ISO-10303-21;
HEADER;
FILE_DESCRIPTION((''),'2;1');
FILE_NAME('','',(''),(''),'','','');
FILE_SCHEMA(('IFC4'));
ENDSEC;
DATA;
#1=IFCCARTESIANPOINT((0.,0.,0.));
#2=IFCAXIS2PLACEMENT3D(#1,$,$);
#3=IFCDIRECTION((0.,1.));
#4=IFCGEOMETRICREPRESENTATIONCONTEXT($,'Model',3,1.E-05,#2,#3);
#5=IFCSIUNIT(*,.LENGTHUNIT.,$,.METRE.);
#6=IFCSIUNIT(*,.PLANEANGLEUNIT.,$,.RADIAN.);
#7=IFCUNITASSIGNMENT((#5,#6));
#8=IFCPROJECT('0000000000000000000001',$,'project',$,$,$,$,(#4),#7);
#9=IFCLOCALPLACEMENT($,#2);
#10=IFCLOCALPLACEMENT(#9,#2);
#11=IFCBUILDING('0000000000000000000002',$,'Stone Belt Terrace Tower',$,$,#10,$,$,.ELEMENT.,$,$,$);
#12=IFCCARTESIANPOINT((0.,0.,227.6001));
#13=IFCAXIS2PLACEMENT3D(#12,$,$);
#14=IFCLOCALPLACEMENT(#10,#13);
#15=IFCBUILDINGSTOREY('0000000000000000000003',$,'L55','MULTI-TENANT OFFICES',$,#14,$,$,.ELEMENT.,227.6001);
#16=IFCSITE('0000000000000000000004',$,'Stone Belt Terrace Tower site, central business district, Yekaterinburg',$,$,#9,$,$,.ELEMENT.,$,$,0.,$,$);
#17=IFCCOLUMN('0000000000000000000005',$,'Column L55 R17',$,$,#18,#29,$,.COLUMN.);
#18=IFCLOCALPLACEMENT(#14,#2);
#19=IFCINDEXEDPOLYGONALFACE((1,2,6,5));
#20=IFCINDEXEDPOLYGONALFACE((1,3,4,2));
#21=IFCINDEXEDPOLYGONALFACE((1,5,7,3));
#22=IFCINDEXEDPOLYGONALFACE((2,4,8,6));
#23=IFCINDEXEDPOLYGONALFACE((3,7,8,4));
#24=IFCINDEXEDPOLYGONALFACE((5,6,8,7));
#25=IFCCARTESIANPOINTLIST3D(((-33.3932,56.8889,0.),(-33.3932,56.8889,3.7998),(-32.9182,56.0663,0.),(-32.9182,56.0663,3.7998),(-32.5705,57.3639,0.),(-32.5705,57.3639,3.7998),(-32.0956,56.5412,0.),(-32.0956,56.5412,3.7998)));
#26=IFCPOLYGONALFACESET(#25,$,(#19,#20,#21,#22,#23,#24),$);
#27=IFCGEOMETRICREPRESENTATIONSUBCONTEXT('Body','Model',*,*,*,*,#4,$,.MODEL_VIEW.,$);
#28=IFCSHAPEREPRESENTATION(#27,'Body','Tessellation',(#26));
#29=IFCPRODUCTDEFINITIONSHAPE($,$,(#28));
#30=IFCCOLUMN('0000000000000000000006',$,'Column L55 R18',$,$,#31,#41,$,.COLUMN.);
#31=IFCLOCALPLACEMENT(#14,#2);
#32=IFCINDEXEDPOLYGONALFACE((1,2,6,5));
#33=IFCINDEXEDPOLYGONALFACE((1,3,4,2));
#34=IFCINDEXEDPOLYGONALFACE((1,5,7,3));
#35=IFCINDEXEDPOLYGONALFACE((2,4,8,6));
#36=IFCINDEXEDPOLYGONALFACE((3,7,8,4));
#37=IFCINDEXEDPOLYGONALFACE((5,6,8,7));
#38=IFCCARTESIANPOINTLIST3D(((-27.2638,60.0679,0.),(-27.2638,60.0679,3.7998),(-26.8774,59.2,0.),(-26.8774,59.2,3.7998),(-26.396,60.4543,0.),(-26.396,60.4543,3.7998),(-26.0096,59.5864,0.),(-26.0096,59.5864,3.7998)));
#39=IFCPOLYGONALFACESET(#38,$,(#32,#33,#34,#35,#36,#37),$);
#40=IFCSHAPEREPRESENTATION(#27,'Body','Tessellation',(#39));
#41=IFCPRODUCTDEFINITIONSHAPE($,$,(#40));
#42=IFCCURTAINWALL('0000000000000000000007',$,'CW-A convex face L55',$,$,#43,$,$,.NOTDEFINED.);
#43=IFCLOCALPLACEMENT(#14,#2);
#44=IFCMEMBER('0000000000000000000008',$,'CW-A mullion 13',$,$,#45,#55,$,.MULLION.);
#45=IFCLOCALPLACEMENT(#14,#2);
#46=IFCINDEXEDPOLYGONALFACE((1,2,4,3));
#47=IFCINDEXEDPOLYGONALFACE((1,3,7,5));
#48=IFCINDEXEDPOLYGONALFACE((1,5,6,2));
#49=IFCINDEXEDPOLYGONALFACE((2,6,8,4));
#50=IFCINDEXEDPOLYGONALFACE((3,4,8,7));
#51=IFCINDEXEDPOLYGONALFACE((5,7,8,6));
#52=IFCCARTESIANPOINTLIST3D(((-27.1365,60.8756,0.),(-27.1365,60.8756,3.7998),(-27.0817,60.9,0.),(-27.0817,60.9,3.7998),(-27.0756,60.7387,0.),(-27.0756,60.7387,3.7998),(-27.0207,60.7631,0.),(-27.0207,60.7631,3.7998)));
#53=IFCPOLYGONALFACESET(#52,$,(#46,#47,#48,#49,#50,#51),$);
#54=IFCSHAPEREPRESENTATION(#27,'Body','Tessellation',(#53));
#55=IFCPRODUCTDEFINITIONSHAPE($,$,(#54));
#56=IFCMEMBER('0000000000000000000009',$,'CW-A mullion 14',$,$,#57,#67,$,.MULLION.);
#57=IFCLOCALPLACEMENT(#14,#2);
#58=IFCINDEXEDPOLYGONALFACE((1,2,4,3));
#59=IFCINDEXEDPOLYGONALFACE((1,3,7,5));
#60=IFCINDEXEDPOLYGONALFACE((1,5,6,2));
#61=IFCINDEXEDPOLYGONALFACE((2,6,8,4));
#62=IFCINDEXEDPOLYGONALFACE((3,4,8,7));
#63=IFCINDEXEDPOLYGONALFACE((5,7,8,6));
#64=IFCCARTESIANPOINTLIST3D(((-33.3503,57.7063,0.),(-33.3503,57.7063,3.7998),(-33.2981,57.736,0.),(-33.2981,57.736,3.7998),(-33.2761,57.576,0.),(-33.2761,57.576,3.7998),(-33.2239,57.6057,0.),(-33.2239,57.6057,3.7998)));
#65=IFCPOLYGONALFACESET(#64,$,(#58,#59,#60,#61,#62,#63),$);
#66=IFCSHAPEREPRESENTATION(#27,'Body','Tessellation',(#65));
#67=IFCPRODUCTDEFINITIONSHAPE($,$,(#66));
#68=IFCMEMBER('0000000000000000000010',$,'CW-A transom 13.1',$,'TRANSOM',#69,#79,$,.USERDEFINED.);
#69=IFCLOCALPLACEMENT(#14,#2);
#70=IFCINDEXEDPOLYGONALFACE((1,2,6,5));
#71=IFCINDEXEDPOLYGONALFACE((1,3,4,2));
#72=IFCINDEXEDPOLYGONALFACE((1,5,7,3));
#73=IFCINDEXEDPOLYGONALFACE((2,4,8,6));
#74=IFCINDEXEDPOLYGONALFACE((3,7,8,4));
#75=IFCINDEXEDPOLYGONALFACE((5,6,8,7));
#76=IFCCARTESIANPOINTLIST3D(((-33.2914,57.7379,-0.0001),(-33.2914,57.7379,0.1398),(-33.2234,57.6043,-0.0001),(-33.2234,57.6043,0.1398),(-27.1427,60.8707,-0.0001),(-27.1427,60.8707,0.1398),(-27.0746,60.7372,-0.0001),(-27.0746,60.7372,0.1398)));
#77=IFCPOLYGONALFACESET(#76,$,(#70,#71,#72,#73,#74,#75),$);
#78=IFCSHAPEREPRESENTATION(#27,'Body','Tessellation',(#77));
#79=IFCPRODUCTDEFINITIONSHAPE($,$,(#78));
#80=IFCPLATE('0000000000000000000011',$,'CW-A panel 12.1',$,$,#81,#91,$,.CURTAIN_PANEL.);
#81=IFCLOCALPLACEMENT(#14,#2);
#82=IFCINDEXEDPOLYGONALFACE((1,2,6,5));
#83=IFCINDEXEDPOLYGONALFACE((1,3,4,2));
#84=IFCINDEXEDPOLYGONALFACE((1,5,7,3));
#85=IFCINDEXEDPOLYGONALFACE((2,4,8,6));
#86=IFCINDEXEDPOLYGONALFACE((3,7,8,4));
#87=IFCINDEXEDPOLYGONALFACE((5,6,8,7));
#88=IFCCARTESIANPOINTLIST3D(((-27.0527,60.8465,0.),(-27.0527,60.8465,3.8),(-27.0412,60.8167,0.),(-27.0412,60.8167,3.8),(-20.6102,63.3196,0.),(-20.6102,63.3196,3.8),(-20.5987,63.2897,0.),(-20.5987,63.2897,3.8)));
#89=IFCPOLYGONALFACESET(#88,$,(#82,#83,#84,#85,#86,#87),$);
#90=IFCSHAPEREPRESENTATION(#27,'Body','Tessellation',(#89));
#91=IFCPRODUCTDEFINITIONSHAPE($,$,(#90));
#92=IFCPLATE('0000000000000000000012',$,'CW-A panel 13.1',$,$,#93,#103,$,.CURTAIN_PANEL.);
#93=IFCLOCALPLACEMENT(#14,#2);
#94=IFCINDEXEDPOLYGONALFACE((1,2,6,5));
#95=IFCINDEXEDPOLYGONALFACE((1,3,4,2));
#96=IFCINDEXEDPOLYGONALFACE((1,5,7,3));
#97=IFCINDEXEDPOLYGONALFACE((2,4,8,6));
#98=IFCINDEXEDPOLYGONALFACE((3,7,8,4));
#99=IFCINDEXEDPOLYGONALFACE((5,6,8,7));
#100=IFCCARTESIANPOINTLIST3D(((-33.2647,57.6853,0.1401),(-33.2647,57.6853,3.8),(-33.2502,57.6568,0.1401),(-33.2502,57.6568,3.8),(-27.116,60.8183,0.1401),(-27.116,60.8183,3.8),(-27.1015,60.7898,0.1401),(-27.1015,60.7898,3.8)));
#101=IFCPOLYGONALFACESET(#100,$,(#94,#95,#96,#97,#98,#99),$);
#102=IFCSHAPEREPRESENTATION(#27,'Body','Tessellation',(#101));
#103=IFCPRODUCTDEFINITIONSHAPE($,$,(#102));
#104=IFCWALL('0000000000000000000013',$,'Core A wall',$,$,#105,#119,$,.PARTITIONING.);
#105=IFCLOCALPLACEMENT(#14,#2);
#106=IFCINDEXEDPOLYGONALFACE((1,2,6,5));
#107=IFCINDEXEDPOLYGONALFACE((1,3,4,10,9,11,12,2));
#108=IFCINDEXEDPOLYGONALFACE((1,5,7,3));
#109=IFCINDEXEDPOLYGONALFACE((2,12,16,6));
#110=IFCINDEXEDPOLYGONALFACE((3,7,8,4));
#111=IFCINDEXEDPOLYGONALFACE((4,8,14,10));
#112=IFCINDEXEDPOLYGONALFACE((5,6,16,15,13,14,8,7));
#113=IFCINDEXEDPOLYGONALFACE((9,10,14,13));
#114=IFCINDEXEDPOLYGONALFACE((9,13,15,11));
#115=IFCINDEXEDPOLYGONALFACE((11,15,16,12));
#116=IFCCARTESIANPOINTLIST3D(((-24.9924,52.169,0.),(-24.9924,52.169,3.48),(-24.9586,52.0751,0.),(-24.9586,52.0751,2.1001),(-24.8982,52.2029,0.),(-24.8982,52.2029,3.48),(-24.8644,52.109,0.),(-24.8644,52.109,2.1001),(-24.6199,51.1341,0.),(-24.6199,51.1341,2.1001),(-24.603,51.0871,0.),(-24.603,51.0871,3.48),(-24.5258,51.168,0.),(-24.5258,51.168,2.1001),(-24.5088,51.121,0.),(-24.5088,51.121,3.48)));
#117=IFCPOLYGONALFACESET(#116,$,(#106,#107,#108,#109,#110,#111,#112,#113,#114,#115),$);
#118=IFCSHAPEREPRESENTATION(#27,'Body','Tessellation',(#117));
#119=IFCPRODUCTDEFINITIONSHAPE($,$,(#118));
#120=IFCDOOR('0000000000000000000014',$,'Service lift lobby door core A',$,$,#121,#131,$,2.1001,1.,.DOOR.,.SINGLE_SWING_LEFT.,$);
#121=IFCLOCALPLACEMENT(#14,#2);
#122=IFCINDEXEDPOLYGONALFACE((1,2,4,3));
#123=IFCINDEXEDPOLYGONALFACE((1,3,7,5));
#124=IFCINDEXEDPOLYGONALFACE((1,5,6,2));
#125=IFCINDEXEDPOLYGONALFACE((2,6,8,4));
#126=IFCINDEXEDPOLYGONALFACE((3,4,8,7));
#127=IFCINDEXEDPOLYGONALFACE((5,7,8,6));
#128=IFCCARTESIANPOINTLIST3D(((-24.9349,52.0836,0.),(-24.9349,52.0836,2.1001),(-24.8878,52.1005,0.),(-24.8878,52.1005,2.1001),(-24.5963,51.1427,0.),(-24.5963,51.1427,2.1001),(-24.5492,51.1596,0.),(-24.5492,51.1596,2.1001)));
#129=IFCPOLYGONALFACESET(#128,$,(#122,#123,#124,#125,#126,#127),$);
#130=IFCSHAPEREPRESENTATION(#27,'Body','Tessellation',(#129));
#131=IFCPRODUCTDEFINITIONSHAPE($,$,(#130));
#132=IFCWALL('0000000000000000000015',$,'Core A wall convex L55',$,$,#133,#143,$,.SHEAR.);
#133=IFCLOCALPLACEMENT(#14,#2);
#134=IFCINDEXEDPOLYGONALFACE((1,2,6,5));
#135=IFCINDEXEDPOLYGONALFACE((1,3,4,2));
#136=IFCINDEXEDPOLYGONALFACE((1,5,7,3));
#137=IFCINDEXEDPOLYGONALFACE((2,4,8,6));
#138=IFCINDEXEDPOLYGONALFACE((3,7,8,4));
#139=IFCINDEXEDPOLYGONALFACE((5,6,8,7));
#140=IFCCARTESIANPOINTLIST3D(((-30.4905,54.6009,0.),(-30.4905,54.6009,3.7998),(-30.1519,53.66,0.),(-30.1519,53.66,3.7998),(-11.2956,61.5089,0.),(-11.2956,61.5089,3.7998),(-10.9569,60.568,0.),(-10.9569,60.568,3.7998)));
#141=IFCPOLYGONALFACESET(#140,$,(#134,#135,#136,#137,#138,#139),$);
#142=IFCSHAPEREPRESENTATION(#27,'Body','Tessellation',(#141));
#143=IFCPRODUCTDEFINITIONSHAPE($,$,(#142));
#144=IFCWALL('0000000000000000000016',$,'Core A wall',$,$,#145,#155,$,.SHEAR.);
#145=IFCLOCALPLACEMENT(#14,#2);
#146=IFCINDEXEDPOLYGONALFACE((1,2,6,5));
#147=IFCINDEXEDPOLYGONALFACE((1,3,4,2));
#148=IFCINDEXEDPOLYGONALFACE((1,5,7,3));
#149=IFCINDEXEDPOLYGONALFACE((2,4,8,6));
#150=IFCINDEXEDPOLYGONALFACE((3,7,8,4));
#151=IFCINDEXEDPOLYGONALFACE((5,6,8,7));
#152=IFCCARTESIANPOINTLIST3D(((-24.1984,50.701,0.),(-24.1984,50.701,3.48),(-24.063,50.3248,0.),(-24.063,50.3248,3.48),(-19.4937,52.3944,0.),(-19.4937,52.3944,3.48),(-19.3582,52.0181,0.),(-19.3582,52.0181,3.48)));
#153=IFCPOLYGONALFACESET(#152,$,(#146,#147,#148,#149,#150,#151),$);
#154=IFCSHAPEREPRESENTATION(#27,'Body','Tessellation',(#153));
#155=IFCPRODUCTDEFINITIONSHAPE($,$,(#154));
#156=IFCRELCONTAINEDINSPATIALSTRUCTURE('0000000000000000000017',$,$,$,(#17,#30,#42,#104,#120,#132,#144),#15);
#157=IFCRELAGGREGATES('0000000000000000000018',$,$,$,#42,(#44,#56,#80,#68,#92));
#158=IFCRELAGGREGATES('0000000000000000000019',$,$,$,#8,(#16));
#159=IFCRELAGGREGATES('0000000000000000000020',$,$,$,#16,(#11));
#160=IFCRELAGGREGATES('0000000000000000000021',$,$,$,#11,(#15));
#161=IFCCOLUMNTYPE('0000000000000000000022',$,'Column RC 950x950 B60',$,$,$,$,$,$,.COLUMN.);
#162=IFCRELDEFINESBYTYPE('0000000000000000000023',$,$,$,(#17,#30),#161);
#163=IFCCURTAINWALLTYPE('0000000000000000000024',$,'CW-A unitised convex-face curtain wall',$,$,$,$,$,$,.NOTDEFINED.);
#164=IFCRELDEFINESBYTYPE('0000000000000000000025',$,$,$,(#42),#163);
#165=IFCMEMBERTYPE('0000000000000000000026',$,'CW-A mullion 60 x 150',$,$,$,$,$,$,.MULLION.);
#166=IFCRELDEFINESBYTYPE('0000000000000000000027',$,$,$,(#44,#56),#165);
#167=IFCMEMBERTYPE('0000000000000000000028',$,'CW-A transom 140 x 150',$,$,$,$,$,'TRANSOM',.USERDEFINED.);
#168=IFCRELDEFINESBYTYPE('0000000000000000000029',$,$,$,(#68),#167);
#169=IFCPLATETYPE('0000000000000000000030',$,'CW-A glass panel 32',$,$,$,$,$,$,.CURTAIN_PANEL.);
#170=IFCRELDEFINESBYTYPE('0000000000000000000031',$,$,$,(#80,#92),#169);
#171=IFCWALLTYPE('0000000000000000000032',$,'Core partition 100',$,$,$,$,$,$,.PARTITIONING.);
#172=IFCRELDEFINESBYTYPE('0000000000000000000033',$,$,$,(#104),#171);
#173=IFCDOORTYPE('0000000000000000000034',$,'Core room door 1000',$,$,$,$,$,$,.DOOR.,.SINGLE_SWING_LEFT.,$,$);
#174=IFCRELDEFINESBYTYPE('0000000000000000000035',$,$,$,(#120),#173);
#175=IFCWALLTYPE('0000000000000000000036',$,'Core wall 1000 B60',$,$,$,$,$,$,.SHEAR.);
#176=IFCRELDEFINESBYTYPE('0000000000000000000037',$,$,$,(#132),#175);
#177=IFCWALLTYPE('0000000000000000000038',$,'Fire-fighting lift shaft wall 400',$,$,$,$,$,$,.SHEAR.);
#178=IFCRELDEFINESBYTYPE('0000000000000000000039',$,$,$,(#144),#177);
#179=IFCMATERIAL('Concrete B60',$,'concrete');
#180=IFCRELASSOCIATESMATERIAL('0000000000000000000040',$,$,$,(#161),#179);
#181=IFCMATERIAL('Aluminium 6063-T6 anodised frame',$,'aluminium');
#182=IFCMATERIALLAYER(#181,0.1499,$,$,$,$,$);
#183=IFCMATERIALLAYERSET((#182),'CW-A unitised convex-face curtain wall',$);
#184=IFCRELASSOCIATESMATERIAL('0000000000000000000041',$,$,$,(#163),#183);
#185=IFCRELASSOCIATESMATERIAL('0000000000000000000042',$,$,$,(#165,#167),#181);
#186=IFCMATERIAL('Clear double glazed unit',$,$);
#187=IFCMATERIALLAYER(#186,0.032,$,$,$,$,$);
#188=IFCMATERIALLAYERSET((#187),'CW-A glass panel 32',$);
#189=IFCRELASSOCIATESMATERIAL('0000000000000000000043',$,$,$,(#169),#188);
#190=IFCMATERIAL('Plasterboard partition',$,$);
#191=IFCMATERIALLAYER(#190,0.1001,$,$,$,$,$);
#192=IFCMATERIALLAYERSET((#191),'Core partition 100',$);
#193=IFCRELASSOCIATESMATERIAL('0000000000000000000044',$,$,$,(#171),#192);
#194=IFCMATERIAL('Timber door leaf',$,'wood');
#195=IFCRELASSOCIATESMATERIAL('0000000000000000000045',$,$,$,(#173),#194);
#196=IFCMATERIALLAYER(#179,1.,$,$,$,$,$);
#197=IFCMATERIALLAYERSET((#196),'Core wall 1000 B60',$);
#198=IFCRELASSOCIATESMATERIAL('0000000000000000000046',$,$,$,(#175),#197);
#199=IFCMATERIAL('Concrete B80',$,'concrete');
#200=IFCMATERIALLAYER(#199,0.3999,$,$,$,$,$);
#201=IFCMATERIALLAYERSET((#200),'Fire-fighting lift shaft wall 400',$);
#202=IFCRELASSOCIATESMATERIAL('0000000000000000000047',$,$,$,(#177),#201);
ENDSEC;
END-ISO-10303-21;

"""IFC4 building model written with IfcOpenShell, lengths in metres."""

from ifc_helpers import new_model, si_unit, direction, frame, frame_2d, origin, origin_2d, place, context, subcontext, project, spatial, rectangle, extrude, material, layer, layer_set, material_profile, profile_set, type_object, element, fill, aggregate, save


model = new_model("IFC4")

# Units and contexts
model_context = context("Model", 3, precision=1e-05, world=origin(), true_north=direction((0.0, 1.0)))
body_context = subcontext(model_context, "Body", "Model", "MODEL_VIEW")
ifc_project = project(units=[si_unit("LENGTHUNIT", "METRE"), si_unit("PLANEANGLEUNIT", "RADIAN")], contexts=[model_context])

# Site, building, storey
site_placement = place(None, origin())
site = spatial("IfcSite", under=ifc_project, at=site_placement, Name="Stone Belt Terrace Tower site, central business district, Yekaterinburg", CompositionType="ELEMENT", RefElevation=0.0)
building_placement = place(site_placement, origin())
building = spatial("IfcBuilding", under=site, at=building_placement, Name="Stone Belt Terrace Tower", CompositionType="ELEMENT")
storey_placement = place(building_placement, frame((0.0, 0.0, 227.6001)))
storey = spatial("IfcBuildingStorey", under=building, at=storey_placement, Name="L55", Description="MULTI-TENANT OFFICES", CompositionType="ELEMENT", Elevation=227.6001)

# Columns
ifc_material_1 = material(Name="Concrete B60", Category="concrete")
ifc_material_profile_1 = material_profile(ifc_material_1, rectangle(XDim=0.95, YDim=0.95, at=origin_2d()), Name="RC 950x950")
ifc_profile_set_1 = profile_set([ifc_material_profile_1], Name="Concrete B60")
column_type = type_object("IfcColumnType", Name="Column RC 950x950 B60", PredefinedType="COLUMN", material=ifc_profile_set_1)
for number, where, z_axis, x_axis, name in (
    (1, (-32.7444, 56.7151, 0.0), (0.0, 0.0, 1.0), (0.866025, 0.5, 0.0), "Column L55 R17"),
    (2, (-26.6367, 59.8271, 0.0), (0.0, 0.0, 1.0), (0.913545, 0.406737, 0.0), "Column L55 R18"),
):
    element("IfcColumn", number, at=place(storey_placement, frame(where, z_axis=z_axis, x_axis=x_axis)), inside=storey, type_object=column_type, Name=name, PredefinedType="COLUMN", context=body_context, shape_type="SweptSolid", body=[
        extrude(rectangle(XDim=0.95, YDim=0.95, at=origin_2d()), origin(), (0.0, 0.0, 1.0), 3.7998),
    ])

# Curtain wall, members, plates
ifc_material_2 = material(Name="Aluminium 6063-T6 anodised frame", Category="aluminium")
ifc_layer_1 = layer(ifc_material_2, 0.1499)
ifc_layer_set_1 = layer_set([ifc_layer_1], Name="CW-A unitised convex-face curtain wall")
curtain_wall_type = type_object("IfcCurtainWallType", Name="CW-A unitised convex-face curtain wall", PredefinedType="NOTDEFINED", material=ifc_layer_set_1)
curtain_wall_placement = place(storey_placement, origin())
curtain_wall = element("IfcCurtainWall", 3, at=curtain_wall_placement, inside=storey, type_object=curtain_wall_type, Name="CW-A convex face L55", PredefinedType="NOTDEFINED")
ifc_material_profile_2 = material_profile(ifc_material_2, rectangle(XDim=0.1499, YDim=0.0601, at=origin_2d()), Name="Aluminium 6063-T6 60x150")
ifc_profile_set_2 = profile_set([ifc_material_profile_2], Name="Aluminium 6063-T6 anodised frame")
member_type_1 = type_object("IfcMemberType", Name="CW-A mullion 60 x 150", PredefinedType="MULLION", material=ifc_profile_set_2)
member_1_placement = place(storey_placement, frame((-27.0786, 60.8193, 0.0), z_axis=(0.0, 0.0, 1.0), x_axis=(0.406737, -0.913545, 0.0)))
member_1 = element("IfcMember", 4, at=member_1_placement, type_object=member_type_1, Name="CW-A mullion 13", PredefinedType="MULLION", context=body_context, shape_type="SweptSolid", body=[
    extrude(rectangle(XDim=0.1499, YDim=0.0601, at=origin_2d()), origin(), (0.0, 0.0, 1.0), 3.7998),
])
member_2_placement = place(storey_placement, frame((-33.2871, 57.656, 0.0), z_axis=(0.0, 0.0, 1.0), x_axis=(0.494474, -0.869192, 0.0)))
member_2 = element("IfcMember", 5, at=member_2_placement, type_object=member_type_1, Name="CW-A mullion 14", PredefinedType="MULLION", context=body_context, shape_type="SweptSolid", body=[
    extrude(rectangle(XDim=0.1499, YDim=0.0601, at=origin_2d()), origin(), (0.0, 0.0, 1.0), 3.7998),
])
ifc_material_profile_3 = material_profile(ifc_material_2, rectangle(XDim=0.1499, YDim=0.1399, at=origin_2d()), Name="Aluminium 6063-T6 150x140")
ifc_profile_set_3 = profile_set([ifc_material_profile_3], Name="Aluminium 6063-T6 anodised frame")
member_type_2 = type_object("IfcMemberType", Name="CW-A transom 140 x 150", ElementType="TRANSOM", PredefinedType="USERDEFINED", material=ifc_profile_set_3)
member_3_placement = place(storey_placement, frame((-27.1086, 60.804, 0.0698), z_axis=(-0.891012, -0.453979, 0.0), x_axis=(0.453979, -0.891012, 0.0)))
member_3 = element("IfcMember", 6, at=member_3_placement, type_object=member_type_2, Name="CW-A transom 13.1", ObjectType="TRANSOM", PredefinedType="USERDEFINED", context=body_context, shape_type="SweptSolid", body=[
    extrude(rectangle(XDim=0.1499, YDim=0.1399, at=origin_2d()), origin(), (0.0, 0.0, 1.0), 6.9009),
])
ifc_material_3 = material(Name="Clear double glazed unit")
ifc_layer_2 = layer(ifc_material_3, 0.032)
ifc_layer_set_2 = layer_set([ifc_layer_2], Name="CW-A glass panel 32")
plate_type = type_object("IfcPlateType", Name="CW-A glass panel 32", PredefinedType="CURTAIN_PANEL", material=ifc_layer_set_2)
plate_1_placement = place(storey_placement, frame((-23.8257, 62.0681, 0.0), z_axis=(0.0, 0.0, 1.0), x_axis=(-0.93358, -0.358368, 0.0)))
plate_1 = element("IfcPlate", 7, at=plate_1_placement, type_object=plate_type, Name="CW-A panel 12.1", PredefinedType="CURTAIN_PANEL", context=body_context, shape_type="SweptSolid", body=[
    extrude(rectangle(XDim=6.9009, YDim=0.032, at=origin_2d()), origin(), (0.0, 0.0, 1.0), 3.8),
])
plate_2_placement = place(storey_placement, frame((-30.1831, 59.2375, 0.1401), z_axis=(0.0, 0.0, 1.0), x_axis=(-0.891007, -0.45399, 0.0)))
plate_2 = element("IfcPlate", 8, at=plate_2_placement, type_object=plate_type, Name="CW-A panel 13.1", PredefinedType="CURTAIN_PANEL", context=body_context, shape_type="SweptSolid", body=[
    extrude(rectangle(XDim=6.9009, YDim=0.032, at=origin_2d()), origin(), (0.0, 0.0, 1.0), 3.6599),
])
aggregate(curtain_wall, [member_1, member_2, plate_1, member_3, plate_2])

# Wall, opening, door
ifc_material_4 = material(Name="Plasterboard partition")
ifc_layer_3 = layer(ifc_material_4, 0.1001)
ifc_layer_set_3 = layer_set([ifc_layer_3], Name="Core partition 100")
wall_type_1 = type_object("IfcWallType", Name="Core partition 100", PredefinedType="PARTITIONING", material=ifc_layer_set_3)
wall_1_placement = place(storey_placement, frame((-24.5559, 51.104, 0.0), z_axis=(0.0, 0.0, 1.0), x_axis=(-0.338622, 0.940923, 0.0)))
wall_1 = element("IfcWall", 9, at=wall_1_placement, inside=storey, type_object=wall_type_1, Name="Core A wall", PredefinedType="PARTITIONING", context=body_context, shape_type="SweptSolid", body=[
    extrude(rectangle(XDim=1.1499, YDim=0.1001, at=frame_2d((0.575, 0.0))), origin(), (0.0, 0.0, 1.0), 3.48),
])
opening_1_placement = place(wall_1_placement, frame((0.05, 0.0, 0.0)))
opening_1 = element("IfcOpeningElement", 10, at=opening_1_placement, cuts=wall_1, PredefinedType="OPENING", context=body_context, shape_type="SweptSolid", body=[
    extrude(rectangle(XDim=1.0, YDim=2.1001, at=frame_2d((0.5, 1.05))), frame((0.0, 0.0601, 0.0), z_axis=(0.0, -1.0, 0.0), x_axis=(1.0, 0.0, 0.0)), (0.0, 0.0, 1.0), 0.1201),
])
ifc_material_5 = material(Name="Timber door leaf", Category="wood")
door_type_1 = type_object("IfcDoorType", Name="Core room door 1000", OperationType="SINGLE_SWING_LEFT", PredefinedType="DOOR", material=ifc_material_5)
door_1_placement = place(opening_1_placement, origin())
door_1 = element("IfcDoor", 11, at=door_1_placement, inside=storey, type_object=door_type_1, Name="Service lift lobby door core A", OperationType="SINGLE_SWING_LEFT", OverallHeight=2.1001, OverallWidth=1.0, PredefinedType="DOOR", context=body_context, shape_type="SweptSolid", body=[
    extrude(rectangle(XDim=1.0, YDim=2.1001, at=frame_2d((0.5, 1.05))), frame((0.0, 0.0249, 0.0), z_axis=(0.0, -1.0, 0.0), x_axis=(1.0, 0.0, 0.0)), (0.0, 0.0, 1.0), 0.05),
])
fill(opening_1, door_1)

# Walls
ifc_layer_4 = layer(ifc_material_1, 1.0)
ifc_layer_set_4 = layer_set([ifc_layer_4], Name="Core wall 1000 B60")
wall_type_2 = type_object("IfcWallType", Name="Core wall 1000 B60", PredefinedType="SHEAR", material=ifc_layer_set_4)
wall_2_placement = place(storey_placement, frame((-30.3213, 54.1304, 0.0), z_axis=(0.0, 0.0, 1.0), x_axis=(0.940921, 0.338625, 0.0)))
element("IfcWall", 12, at=wall_2_placement, inside=storey, type_object=wall_type_2, Name="Core A wall convex L55", PredefinedType="SHEAR", context=body_context, shape_type="SweptSolid", body=[
    extrude(rectangle(XDim=20.4001, YDim=1.0, at=frame_2d((10.2002, 0.0))), origin(), (0.0, 0.0, 1.0), 3.7998),
])
ifc_material_6 = material(Name="Concrete B80", Category="concrete")
ifc_layer_5 = layer(ifc_material_6, 0.3999)
ifc_layer_set_5 = layer_set([ifc_layer_5], Name="Fire-fighting lift shaft wall 400")
wall_type_3 = type_object("IfcWallType", Name="Fire-fighting lift shaft wall 400", PredefinedType="SHEAR", material=ifc_layer_set_5)
wall_3_placement = place(storey_placement, frame((-24.1306, 50.5129, 0.0), z_axis=(0.0, 0.0, 1.0), x_axis=(0.940912, 0.338652, 0.0)))
element("IfcWall", 13, at=wall_3_placement, inside=storey, type_object=wall_type_3, Name="Core A wall", PredefinedType="SHEAR", context=body_context, shape_type="SweptSolid", body=[
    extrude(rectangle(XDim=5.0002, YDim=0.3999, at=frame_2d((2.5, 0.0))), origin(), (0.0, 0.0, 1.0), 3.48),
])

save(model, "model.ifc")
